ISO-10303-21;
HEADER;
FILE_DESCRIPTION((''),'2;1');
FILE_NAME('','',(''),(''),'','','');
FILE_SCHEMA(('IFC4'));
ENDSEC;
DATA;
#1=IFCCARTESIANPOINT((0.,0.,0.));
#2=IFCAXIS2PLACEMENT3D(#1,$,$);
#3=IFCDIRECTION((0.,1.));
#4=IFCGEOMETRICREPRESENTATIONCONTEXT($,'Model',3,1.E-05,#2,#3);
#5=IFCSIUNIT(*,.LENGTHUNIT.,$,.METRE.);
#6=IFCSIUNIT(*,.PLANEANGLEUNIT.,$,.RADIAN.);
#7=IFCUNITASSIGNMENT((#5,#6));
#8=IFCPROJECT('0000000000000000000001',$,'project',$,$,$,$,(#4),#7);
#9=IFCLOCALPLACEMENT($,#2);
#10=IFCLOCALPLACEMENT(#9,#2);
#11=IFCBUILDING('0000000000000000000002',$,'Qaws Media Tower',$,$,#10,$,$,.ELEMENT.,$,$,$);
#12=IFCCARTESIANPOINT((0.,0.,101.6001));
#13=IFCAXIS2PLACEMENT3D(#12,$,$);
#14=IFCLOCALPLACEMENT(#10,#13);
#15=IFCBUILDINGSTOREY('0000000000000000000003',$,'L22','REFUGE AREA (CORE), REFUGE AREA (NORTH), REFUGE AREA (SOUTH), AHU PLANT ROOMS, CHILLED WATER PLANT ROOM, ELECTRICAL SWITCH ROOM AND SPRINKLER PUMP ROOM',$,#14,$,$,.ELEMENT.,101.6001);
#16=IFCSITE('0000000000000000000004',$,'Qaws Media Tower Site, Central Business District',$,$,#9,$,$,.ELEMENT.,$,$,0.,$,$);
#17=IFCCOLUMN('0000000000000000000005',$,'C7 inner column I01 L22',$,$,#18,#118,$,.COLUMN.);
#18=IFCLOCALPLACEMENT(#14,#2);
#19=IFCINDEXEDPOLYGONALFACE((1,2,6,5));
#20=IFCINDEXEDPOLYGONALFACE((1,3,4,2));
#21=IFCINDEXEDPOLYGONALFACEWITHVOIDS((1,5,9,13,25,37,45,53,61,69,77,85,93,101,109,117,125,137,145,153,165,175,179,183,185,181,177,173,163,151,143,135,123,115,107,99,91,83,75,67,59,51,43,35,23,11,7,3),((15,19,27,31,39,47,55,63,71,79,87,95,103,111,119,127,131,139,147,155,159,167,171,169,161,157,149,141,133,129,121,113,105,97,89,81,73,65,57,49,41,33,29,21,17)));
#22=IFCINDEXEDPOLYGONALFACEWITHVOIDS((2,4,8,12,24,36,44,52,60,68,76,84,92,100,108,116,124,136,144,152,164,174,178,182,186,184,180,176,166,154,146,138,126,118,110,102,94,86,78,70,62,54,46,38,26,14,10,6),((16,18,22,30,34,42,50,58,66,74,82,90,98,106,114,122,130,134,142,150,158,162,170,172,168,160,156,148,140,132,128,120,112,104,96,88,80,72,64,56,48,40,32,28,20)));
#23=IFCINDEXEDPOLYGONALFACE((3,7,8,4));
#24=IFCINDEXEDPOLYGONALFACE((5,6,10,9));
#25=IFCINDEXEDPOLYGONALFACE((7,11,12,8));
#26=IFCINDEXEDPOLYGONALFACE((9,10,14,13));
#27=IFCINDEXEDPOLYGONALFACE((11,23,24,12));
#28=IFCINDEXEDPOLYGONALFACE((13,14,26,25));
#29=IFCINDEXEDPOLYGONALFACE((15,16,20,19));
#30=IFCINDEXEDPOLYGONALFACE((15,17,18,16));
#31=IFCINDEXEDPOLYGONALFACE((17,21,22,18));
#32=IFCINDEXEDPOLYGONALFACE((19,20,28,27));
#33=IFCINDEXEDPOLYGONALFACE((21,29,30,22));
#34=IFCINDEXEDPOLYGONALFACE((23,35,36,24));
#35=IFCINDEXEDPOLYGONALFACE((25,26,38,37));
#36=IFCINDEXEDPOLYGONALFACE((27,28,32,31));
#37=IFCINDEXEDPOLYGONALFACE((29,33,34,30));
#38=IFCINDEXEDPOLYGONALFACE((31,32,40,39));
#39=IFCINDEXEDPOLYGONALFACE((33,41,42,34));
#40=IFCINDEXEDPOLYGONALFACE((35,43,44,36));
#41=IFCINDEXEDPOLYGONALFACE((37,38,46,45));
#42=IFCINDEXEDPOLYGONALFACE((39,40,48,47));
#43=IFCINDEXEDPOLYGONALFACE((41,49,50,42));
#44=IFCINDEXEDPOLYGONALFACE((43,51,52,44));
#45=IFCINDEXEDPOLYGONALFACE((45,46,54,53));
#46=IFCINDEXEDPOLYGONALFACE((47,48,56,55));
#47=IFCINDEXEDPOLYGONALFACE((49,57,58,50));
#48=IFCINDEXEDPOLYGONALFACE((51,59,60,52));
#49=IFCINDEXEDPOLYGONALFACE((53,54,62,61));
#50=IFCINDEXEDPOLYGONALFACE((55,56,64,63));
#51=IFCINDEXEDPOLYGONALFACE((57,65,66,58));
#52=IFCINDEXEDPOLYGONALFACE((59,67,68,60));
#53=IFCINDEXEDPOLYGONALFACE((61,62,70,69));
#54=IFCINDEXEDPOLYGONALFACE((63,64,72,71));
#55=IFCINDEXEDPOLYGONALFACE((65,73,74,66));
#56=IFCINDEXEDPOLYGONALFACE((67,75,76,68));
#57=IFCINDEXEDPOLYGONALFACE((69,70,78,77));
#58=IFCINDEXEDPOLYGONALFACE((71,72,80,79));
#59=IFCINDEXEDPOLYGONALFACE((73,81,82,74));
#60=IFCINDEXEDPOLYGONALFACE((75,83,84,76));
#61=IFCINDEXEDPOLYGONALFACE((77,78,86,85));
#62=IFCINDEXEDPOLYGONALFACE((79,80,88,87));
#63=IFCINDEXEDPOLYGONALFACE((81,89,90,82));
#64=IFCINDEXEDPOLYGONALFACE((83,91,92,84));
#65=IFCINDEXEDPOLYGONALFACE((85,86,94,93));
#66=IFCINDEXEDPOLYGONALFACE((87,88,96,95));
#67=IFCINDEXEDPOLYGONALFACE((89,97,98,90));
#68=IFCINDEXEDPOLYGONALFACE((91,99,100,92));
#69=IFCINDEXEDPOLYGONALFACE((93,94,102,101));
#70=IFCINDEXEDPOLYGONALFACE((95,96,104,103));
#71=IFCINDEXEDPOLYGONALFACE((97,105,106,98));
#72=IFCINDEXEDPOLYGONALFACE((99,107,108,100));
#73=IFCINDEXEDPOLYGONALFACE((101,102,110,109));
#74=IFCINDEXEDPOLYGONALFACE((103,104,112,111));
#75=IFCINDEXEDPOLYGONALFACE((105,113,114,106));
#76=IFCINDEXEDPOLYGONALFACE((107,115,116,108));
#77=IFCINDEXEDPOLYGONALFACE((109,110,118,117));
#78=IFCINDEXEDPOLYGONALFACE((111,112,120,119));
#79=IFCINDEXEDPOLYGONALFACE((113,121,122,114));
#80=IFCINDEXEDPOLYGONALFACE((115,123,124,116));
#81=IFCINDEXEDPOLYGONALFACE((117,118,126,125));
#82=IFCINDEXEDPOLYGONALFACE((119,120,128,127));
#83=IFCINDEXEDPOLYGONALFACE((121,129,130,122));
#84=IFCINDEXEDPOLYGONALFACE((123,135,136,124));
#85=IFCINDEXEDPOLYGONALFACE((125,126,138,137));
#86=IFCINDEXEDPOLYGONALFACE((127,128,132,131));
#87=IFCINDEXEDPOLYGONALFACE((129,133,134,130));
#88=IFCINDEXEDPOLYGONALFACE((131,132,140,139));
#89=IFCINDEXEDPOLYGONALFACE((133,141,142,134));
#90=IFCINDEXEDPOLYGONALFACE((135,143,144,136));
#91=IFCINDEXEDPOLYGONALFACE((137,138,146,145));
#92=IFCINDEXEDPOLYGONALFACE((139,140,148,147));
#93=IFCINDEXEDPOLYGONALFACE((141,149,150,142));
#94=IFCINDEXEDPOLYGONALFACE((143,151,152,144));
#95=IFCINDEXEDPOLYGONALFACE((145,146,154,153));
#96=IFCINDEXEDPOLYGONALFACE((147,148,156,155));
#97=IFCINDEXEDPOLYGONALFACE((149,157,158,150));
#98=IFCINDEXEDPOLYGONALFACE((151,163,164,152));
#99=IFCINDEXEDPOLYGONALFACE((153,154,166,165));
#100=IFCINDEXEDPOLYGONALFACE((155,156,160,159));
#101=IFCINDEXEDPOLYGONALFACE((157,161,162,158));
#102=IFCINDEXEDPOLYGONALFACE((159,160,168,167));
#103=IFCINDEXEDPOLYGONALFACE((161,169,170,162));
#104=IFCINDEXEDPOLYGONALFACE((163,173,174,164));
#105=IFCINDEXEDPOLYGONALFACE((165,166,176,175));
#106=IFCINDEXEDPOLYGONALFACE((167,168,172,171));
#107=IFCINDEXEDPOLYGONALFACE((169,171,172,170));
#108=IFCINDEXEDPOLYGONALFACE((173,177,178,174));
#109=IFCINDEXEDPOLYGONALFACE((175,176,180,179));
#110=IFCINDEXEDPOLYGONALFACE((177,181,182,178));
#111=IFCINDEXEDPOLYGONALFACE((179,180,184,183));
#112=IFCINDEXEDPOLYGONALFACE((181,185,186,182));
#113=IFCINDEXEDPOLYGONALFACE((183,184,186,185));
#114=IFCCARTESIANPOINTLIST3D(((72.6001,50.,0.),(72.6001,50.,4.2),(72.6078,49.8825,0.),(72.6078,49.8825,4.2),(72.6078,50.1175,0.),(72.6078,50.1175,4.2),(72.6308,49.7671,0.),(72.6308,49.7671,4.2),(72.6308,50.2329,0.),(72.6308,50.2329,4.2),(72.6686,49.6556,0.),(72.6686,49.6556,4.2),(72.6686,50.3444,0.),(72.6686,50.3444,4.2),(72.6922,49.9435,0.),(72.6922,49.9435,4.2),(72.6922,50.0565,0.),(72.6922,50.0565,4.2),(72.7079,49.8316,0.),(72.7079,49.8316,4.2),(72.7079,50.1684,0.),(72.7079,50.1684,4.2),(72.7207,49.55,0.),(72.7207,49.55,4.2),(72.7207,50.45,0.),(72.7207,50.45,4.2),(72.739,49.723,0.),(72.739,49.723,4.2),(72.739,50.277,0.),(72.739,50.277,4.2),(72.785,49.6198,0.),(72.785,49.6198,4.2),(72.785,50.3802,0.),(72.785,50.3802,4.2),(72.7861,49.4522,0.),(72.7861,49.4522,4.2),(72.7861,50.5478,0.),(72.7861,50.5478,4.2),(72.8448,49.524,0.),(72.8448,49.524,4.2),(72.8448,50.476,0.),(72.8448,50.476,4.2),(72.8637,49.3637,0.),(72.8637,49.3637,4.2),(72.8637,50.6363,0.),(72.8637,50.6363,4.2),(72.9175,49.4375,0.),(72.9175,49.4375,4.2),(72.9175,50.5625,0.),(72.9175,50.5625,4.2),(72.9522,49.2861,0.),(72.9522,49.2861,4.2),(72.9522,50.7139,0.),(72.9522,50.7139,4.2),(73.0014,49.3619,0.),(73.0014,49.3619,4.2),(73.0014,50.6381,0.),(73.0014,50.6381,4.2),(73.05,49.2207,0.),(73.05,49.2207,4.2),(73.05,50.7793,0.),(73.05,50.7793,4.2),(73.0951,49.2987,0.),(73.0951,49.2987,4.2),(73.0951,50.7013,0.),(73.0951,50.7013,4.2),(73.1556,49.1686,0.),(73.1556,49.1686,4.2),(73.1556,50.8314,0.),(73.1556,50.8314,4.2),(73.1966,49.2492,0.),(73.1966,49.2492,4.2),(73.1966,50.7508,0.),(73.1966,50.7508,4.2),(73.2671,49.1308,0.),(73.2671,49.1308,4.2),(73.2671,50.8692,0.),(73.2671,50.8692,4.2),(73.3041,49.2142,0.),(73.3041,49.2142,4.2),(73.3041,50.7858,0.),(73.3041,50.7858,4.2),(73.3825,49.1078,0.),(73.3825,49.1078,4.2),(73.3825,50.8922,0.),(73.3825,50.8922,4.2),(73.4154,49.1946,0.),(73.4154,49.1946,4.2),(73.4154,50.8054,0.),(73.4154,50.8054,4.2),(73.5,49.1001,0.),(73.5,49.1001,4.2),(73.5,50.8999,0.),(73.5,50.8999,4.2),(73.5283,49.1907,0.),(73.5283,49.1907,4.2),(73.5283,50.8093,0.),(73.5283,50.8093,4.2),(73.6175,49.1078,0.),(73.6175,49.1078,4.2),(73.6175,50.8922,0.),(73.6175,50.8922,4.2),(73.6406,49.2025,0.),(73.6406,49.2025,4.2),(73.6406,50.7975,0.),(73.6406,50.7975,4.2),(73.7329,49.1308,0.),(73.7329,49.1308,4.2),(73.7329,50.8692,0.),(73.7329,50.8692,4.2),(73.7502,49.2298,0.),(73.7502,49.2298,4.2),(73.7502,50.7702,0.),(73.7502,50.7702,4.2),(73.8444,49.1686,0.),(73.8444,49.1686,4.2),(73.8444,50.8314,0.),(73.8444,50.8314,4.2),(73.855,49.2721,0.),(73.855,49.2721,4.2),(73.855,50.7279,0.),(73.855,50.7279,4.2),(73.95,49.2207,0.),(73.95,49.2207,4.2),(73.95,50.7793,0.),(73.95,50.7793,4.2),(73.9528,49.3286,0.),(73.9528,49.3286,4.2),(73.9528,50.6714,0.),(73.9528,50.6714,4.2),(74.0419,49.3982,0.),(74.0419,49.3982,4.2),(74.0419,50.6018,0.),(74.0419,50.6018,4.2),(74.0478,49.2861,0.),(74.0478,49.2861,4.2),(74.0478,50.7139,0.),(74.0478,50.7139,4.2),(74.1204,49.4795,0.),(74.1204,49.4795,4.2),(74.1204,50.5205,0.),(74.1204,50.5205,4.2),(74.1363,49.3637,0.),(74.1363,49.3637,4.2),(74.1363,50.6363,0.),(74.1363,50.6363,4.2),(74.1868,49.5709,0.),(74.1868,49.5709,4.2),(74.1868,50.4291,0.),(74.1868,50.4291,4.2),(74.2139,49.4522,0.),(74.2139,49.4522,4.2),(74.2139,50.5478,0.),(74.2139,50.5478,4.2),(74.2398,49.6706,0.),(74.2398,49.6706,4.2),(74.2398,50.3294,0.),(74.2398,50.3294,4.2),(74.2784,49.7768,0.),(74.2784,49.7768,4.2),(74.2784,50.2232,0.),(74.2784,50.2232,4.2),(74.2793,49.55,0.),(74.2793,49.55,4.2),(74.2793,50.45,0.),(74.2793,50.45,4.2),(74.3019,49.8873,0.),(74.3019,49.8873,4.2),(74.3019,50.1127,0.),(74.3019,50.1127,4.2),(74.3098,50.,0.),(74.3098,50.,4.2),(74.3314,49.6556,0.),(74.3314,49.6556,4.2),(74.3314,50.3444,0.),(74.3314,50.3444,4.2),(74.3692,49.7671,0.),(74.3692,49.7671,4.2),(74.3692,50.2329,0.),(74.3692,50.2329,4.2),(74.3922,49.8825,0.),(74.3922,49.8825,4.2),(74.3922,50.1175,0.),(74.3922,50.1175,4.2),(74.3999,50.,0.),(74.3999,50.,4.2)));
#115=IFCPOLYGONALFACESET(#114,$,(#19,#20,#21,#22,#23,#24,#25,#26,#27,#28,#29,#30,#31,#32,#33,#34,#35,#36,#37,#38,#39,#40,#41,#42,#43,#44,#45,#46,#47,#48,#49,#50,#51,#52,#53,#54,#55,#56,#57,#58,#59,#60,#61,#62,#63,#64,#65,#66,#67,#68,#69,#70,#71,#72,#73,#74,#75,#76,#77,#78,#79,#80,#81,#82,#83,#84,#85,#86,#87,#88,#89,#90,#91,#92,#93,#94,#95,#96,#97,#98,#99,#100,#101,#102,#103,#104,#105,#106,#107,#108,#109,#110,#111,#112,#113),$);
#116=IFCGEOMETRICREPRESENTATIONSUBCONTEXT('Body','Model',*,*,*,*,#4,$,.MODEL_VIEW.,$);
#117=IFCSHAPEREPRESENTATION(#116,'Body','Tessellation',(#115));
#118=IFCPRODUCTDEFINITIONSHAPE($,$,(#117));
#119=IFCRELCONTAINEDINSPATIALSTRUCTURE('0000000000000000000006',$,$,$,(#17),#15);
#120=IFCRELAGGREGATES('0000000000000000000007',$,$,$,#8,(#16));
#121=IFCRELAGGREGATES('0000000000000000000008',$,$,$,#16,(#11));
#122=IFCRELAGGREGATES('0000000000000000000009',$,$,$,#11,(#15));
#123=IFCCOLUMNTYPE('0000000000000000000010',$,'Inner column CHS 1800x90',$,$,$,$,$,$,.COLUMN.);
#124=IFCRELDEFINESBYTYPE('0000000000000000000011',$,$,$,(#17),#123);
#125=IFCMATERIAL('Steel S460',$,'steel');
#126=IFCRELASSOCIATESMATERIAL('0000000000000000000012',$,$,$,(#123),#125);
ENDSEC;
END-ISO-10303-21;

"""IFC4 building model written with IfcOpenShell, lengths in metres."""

from ifc_helpers import new_model, si_unit, direction, frame, origin, origin_2d, place, context, subcontext, project, spatial, hollow_circle, extrude, material, material_profile, profile_set, type_object, element, save


model = new_model("IFC4")

# Units and contexts
model_context = context("Model", 3, precision=1e-05, world=origin(), true_north=direction((0.0, 1.0)))
body_context = subcontext(model_context, "Body", "Model", "MODEL_VIEW")
ifc_project = project(units=[si_unit("LENGTHUNIT", "METRE"), si_unit("PLANEANGLEUNIT", "RADIAN")], contexts=[model_context])

# Site, building, storey
site_placement = place(None, origin())
site = spatial("IfcSite", under=ifc_project, at=site_placement, Name="Qaws Media Tower Site, Central Business District", CompositionType="ELEMENT", RefElevation=0.0)
building_placement = place(site_placement, origin())
building = spatial("IfcBuilding", under=site, at=building_placement, Name="Qaws Media Tower", CompositionType="ELEMENT")
storey_placement = place(building_placement, frame((0.0, 0.0, 101.6001)))
storey = spatial("IfcBuildingStorey", under=building, at=storey_placement, Name="L22", Description="REFUGE AREA (CORE), REFUGE AREA (NORTH), REFUGE AREA (SOUTH), AHU PLANT ROOMS, CHILLED WATER PLANT ROOM, ELECTRICAL SWITCH ROOM AND SPRINKLER PUMP ROOM", CompositionType="ELEMENT", Elevation=101.6001)

# Column
ifc_material_1 = material(Name="Steel S460", Category="steel")
ifc_material_profile_1 = material_profile(ifc_material_1, hollow_circle(Radius=0.8999, WallThickness=0.0901, at=origin_2d()), Name="CHS 1800x90")
ifc_profile_set_1 = profile_set([ifc_material_profile_1], Name="Steel S460")
column_type = type_object("IfcColumnType", Name="Inner column CHS 1800x90", PredefinedType="COLUMN", material=ifc_profile_set_1)
for number, where, z_axis, x_axis, name in (
    (1, (73.5, 50.0, 0.0), (0.0, 0.0, 1.0), (1.0, 0.0, 0.0), "C7 inner column I01 L22"),
):
    element("IfcColumn", number, at=place(storey_placement, frame(where, z_axis=z_axis, x_axis=x_axis)), inside=storey, type_object=column_type, Name=name, PredefinedType="COLUMN", context=body_context, shape_type="SweptSolid", body=[
        extrude(hollow_circle(Radius=0.8999, WallThickness=0.0901, at=origin_2d()), origin(), (0.0, 0.0, 1.0), 4.2),
    ])

save(model, "model.ifc")
